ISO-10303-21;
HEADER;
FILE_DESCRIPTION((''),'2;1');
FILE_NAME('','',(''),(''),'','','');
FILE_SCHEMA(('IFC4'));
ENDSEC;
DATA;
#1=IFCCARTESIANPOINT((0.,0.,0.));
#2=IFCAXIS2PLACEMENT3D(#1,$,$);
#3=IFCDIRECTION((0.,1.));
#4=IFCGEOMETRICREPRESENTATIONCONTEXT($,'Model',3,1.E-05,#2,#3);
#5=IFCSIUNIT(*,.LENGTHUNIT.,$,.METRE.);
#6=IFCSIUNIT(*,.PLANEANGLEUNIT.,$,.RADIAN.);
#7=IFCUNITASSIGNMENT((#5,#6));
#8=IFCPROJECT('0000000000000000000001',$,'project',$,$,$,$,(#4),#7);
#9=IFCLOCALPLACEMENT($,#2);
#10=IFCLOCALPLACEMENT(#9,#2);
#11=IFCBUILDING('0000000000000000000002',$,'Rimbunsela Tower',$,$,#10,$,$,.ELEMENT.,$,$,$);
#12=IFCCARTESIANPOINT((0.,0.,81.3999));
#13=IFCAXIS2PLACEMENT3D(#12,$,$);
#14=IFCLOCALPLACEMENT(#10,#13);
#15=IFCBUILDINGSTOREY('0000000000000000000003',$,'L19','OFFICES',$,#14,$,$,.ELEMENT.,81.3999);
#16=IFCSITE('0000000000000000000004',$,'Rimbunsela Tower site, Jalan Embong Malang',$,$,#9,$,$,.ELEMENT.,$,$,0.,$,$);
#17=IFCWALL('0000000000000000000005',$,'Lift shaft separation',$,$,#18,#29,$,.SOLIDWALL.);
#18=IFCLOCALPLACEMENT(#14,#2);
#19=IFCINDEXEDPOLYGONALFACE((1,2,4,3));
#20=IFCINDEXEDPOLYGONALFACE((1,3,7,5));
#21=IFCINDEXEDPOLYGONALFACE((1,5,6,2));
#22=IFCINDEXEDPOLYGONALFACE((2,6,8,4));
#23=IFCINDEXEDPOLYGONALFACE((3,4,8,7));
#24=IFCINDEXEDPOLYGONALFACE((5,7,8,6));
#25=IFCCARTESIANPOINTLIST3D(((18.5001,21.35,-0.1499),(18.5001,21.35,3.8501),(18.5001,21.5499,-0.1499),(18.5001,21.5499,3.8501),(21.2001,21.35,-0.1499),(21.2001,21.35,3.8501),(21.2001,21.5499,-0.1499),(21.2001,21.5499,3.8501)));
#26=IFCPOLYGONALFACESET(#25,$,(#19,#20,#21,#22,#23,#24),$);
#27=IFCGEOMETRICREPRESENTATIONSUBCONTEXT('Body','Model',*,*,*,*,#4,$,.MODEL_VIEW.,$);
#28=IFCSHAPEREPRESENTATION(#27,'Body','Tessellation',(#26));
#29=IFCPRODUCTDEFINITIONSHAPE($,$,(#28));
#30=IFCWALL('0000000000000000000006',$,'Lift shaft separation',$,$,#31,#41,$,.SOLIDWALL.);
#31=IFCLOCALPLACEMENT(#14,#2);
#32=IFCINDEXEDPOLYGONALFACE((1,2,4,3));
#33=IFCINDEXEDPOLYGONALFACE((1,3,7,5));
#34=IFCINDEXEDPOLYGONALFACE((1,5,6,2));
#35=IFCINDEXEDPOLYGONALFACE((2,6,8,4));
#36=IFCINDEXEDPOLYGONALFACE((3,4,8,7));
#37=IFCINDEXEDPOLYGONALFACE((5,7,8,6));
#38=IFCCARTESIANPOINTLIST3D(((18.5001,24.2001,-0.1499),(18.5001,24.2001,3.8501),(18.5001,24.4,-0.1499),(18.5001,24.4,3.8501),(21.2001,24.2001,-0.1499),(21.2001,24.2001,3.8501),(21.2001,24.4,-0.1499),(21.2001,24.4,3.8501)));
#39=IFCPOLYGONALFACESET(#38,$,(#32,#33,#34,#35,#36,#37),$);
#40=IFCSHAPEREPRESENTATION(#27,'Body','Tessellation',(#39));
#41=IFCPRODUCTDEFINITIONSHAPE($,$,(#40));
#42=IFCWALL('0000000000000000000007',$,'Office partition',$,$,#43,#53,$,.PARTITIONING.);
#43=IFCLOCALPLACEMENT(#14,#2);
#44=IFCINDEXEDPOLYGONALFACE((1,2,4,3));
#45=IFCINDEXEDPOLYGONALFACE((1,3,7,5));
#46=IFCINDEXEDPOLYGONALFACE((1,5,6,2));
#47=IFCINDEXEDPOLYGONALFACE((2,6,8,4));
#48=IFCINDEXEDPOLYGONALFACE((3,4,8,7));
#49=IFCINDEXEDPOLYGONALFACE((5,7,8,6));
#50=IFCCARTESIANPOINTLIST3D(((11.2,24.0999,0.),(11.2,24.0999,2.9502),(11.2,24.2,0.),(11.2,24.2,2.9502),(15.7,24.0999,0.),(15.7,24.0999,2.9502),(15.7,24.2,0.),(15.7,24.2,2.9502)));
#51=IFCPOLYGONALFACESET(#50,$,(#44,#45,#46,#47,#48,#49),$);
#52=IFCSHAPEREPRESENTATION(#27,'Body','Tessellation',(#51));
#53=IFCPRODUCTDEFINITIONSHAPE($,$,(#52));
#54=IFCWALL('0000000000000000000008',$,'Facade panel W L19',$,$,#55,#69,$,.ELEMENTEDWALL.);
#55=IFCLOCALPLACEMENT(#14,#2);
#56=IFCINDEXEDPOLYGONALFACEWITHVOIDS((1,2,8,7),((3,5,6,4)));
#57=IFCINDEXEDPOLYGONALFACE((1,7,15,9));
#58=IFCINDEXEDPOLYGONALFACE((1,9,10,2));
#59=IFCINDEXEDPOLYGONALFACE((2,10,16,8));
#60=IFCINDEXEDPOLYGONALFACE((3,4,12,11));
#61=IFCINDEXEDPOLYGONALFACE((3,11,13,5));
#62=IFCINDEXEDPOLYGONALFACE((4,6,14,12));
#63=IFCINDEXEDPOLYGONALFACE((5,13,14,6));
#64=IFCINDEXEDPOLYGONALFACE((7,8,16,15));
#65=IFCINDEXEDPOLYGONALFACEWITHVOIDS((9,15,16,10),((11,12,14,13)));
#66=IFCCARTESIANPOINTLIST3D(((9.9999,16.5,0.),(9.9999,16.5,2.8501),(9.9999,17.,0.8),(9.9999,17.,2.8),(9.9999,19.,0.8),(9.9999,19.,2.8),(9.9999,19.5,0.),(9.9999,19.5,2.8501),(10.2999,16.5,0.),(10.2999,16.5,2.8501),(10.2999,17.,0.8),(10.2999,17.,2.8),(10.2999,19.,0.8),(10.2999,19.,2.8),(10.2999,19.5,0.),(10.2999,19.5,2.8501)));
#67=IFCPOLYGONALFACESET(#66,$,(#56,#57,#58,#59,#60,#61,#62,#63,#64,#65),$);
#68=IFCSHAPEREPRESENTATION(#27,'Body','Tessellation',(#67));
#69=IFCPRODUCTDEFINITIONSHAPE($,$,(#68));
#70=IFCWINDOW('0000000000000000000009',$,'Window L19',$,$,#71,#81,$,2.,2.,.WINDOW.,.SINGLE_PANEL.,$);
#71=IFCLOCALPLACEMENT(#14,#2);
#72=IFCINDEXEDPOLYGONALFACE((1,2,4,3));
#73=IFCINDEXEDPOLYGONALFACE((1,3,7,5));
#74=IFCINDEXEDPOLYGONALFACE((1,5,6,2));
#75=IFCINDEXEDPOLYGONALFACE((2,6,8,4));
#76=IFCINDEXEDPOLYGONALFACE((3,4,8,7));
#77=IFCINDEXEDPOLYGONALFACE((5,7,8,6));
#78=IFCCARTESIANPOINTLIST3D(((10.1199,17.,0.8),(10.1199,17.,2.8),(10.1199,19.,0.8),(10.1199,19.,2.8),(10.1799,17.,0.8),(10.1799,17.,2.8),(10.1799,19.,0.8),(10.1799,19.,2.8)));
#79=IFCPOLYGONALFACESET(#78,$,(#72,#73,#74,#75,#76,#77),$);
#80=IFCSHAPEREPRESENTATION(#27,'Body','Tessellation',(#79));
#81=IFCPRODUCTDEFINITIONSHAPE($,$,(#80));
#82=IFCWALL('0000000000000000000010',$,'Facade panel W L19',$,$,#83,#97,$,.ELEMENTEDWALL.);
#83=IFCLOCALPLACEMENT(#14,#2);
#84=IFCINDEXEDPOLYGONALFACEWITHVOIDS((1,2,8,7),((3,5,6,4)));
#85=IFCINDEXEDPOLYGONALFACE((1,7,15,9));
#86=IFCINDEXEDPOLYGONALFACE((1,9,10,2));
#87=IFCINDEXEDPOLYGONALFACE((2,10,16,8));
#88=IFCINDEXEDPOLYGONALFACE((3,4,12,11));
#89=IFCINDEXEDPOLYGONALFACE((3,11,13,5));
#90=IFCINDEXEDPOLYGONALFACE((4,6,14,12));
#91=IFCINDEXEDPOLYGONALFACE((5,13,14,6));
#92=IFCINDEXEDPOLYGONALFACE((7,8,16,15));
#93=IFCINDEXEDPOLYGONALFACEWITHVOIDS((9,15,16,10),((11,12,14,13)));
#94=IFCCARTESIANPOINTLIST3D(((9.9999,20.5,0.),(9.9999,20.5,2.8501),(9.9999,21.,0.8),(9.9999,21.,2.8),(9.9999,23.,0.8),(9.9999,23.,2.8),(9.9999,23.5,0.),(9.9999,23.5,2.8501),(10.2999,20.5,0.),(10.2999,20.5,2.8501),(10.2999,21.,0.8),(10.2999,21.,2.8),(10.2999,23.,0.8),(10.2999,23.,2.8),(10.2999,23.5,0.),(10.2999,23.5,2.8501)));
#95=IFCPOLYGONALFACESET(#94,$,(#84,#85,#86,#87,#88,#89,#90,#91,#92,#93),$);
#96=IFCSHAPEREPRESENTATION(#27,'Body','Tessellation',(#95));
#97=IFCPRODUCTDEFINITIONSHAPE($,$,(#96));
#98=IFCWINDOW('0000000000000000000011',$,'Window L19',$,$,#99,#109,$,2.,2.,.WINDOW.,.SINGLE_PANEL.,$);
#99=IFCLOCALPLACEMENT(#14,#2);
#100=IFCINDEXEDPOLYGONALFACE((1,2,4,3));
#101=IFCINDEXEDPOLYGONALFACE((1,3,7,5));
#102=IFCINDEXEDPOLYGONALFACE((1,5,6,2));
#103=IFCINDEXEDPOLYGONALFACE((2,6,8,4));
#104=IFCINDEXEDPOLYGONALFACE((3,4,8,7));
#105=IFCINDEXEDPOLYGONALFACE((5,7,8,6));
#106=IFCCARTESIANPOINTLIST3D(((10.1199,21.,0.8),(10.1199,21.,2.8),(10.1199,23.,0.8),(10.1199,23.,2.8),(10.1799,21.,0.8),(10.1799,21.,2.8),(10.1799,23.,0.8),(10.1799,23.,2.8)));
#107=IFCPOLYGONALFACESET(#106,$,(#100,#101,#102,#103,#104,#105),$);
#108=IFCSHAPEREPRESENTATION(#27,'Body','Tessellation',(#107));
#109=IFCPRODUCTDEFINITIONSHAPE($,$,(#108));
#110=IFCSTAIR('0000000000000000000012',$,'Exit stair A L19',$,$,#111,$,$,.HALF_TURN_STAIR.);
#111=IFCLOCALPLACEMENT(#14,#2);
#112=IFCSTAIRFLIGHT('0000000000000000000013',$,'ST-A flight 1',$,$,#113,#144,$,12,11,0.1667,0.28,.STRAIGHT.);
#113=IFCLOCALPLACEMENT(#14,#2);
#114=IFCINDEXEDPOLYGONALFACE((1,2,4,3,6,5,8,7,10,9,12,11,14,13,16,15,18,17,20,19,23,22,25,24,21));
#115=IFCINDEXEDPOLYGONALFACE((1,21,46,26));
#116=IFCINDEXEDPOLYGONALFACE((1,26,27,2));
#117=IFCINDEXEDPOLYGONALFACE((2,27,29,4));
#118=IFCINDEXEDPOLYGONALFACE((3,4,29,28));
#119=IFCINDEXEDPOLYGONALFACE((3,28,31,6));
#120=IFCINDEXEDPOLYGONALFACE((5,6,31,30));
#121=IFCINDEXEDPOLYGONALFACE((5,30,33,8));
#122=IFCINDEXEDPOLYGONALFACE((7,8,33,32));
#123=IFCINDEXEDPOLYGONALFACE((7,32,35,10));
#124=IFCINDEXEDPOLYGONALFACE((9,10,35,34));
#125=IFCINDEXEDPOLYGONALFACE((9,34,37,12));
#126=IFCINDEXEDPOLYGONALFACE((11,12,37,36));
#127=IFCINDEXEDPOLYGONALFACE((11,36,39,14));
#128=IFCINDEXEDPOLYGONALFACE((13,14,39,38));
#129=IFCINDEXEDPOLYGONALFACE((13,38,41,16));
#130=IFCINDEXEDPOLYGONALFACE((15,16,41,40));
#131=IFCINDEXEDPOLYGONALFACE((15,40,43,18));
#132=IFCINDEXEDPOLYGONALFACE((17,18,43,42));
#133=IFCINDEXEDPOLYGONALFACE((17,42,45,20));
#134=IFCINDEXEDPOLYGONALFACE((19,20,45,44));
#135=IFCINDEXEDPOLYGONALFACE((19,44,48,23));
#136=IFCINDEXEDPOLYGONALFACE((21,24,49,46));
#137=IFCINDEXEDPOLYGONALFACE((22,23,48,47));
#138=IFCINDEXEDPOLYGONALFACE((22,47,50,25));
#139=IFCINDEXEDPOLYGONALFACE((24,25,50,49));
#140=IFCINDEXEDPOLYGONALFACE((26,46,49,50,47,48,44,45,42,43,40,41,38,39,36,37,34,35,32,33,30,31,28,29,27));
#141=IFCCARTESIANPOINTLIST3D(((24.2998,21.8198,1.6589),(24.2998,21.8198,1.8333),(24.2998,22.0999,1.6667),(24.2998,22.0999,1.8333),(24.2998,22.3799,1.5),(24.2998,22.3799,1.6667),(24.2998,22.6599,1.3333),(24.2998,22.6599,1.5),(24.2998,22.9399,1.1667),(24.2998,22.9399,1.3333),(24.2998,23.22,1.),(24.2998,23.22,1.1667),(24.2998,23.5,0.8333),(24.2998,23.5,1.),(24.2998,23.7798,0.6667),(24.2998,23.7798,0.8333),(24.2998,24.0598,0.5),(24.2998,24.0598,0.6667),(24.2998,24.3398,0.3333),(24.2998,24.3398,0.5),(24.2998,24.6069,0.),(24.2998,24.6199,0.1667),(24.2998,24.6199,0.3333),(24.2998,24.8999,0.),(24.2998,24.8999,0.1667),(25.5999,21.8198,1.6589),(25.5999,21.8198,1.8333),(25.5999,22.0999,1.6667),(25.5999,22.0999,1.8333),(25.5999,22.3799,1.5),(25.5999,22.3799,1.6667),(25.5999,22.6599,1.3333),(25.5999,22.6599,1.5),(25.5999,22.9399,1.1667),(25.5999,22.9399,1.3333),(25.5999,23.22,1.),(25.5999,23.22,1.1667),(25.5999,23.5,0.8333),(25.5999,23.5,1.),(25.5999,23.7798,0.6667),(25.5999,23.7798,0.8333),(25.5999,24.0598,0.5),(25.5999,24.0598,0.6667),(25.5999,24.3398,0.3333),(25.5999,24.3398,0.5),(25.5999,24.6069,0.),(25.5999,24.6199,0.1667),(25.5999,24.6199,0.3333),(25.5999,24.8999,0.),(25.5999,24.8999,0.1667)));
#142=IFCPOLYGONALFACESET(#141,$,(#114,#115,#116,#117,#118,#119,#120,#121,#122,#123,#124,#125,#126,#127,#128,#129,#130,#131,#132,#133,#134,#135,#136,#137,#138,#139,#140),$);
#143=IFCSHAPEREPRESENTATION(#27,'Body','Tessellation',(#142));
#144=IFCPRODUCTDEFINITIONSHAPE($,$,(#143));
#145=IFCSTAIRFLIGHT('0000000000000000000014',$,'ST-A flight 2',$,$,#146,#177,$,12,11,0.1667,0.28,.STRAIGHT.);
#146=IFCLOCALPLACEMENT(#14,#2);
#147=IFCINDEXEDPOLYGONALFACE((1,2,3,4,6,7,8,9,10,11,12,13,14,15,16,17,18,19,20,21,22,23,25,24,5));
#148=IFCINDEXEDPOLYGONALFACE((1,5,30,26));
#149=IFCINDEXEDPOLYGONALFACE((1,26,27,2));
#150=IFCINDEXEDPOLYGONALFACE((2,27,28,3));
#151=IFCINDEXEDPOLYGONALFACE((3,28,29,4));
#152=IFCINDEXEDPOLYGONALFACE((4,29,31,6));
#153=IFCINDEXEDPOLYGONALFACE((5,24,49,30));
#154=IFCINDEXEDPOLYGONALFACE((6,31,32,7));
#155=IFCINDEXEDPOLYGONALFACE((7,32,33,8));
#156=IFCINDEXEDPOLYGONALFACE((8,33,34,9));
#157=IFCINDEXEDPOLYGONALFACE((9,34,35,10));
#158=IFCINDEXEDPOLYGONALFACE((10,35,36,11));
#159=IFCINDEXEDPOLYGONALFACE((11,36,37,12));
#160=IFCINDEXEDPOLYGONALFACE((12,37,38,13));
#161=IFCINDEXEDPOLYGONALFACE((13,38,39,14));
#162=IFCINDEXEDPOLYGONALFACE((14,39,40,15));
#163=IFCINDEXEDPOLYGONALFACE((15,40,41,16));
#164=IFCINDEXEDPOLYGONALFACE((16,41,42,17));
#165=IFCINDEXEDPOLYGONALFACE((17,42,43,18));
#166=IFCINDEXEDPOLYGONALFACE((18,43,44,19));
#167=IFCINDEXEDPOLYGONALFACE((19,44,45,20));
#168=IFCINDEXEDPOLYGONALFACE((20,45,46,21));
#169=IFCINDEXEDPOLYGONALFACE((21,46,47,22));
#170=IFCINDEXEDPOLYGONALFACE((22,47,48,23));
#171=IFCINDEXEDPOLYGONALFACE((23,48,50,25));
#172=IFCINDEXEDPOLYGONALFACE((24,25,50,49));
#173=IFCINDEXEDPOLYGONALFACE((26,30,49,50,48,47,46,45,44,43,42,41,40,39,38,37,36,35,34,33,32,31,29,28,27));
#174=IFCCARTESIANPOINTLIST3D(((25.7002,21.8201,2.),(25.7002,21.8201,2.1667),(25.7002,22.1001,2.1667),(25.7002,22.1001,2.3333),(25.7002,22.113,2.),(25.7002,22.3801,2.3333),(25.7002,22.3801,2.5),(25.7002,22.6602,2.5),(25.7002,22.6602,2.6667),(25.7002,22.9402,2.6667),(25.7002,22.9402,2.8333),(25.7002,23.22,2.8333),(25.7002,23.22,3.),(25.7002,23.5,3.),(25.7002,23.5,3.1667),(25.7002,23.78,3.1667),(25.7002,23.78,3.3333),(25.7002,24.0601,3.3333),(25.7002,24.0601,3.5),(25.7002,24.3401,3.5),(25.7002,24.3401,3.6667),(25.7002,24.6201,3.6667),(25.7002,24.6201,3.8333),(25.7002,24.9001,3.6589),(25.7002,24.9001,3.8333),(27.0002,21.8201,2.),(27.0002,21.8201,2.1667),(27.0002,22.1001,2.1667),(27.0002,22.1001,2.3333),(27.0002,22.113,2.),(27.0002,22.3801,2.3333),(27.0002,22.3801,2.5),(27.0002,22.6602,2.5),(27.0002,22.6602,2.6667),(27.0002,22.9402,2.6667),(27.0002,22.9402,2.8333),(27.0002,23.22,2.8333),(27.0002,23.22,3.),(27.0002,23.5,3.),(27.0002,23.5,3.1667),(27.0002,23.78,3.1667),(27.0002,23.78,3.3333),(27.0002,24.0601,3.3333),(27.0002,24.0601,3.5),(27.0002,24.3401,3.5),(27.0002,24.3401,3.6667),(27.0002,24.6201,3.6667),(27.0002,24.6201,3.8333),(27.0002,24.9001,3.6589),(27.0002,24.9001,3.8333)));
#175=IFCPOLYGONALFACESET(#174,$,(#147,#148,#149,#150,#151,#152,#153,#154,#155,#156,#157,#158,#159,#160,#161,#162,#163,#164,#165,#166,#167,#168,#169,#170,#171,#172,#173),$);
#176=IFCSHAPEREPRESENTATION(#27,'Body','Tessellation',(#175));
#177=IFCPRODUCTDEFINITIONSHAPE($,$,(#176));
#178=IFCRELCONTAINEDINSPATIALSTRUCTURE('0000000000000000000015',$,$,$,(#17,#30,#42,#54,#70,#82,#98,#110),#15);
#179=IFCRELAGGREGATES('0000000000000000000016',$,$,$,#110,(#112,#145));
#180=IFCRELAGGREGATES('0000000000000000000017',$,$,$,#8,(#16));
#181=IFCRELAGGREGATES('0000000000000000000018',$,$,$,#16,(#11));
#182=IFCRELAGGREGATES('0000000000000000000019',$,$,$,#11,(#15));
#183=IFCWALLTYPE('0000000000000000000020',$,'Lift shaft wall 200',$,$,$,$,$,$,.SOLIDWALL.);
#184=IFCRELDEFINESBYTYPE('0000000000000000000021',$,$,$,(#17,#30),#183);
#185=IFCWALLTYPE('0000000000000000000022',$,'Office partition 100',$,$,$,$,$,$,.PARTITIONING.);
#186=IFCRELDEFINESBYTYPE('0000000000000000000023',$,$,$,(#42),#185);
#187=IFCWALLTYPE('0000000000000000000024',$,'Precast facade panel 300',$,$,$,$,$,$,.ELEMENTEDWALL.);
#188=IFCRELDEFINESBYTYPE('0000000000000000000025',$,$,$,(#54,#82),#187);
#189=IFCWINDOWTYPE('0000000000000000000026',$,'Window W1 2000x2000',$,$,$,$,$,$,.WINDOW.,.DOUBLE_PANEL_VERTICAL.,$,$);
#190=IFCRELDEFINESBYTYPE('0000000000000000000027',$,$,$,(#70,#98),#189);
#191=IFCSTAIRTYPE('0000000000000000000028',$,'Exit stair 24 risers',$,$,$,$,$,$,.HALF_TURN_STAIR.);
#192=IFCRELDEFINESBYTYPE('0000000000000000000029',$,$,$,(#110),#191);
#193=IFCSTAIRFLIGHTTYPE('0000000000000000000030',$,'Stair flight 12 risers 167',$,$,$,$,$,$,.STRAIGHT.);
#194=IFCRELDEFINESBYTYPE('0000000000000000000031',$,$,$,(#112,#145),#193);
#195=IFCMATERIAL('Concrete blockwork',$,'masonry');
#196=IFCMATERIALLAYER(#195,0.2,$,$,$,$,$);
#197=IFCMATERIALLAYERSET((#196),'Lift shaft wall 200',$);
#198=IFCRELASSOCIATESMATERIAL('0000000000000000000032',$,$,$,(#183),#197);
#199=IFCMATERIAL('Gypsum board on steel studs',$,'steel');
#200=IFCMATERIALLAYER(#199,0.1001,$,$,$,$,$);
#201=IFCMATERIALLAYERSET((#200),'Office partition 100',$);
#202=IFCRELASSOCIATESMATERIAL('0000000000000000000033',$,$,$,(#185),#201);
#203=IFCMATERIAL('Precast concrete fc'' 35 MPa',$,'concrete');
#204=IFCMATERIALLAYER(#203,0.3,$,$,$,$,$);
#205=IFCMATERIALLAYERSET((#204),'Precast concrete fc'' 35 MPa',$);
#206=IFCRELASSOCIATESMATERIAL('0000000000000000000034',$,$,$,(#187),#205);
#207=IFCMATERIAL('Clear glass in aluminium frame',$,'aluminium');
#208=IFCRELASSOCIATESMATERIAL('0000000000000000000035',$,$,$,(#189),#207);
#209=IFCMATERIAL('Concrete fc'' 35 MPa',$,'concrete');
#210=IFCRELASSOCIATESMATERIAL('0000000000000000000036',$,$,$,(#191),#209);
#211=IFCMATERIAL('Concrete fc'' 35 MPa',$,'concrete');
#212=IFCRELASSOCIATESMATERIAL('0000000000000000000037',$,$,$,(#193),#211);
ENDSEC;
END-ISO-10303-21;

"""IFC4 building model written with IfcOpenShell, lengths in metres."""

from ifc_helpers import new_model, si_unit, direction, frame, frame_2d, origin, place, context, subcontext, project, spatial, polyline, rectangle, outline, extrude, material, layer, layer_set, type_object, element, fill, aggregate, save


model = new_model("IFC4")

# Units and contexts
model_context = context("Model", 3, precision=1e-05, world=origin(), true_north=direction((0.0, 1.0)))
body_context = subcontext(model_context, "Body", "Model", "MODEL_VIEW")
ifc_project = project(units=[si_unit("LENGTHUNIT", "METRE"), si_unit("PLANEANGLEUNIT", "RADIAN")], contexts=[model_context])

# Site, building, storey
site_placement = place(None, origin())
site = spatial("IfcSite", under=ifc_project, at=site_placement, Name="Rimbunsela Tower site, Jalan Embong Malang", CompositionType="ELEMENT", RefElevation=0.0)
building_placement = place(site_placement, origin())
building = spatial("IfcBuilding", under=site, at=building_placement, Name="Rimbunsela Tower", CompositionType="ELEMENT")
storey_placement = place(building_placement, frame((0.0, 0.0, 81.3999)))
storey = spatial("IfcBuildingStorey", under=building, at=storey_placement, Name="L19", Description="OFFICES", CompositionType="ELEMENT", Elevation=81.3999)

# Walls
ifc_material_1 = material(Name="Concrete blockwork", Category="masonry")
ifc_layer_1 = layer(ifc_material_1, 0.2)
ifc_layer_set_1 = layer_set([ifc_layer_1], Name="Lift shaft wall 200")
wall_type_1 = type_object("IfcWallType", Name="Lift shaft wall 200", PredefinedType="SOLIDWALL", material=ifc_layer_set_1)
for number, where, z_axis, x_axis, name in (
    (1, (18.5, 21.45, -0.1499), (0.0, 0.0, 1.0), (1.0, 0.0, 0.0), "Lift shaft separation"),
    (2, (18.5, 24.3, -0.1499), (0.0, 0.0, 1.0), (1.0, 0.0, 0.0), "Lift shaft separation"),
):
    element("IfcWall", number, at=place(storey_placement, frame(where, z_axis=z_axis, x_axis=x_axis)), inside=storey, type_object=wall_type_1, Name=name, PredefinedType="SOLIDWALL", context=body_context, shape_type="SweptSolid", body=[
        extrude(rectangle(XDim=2.7, YDim=0.2, at=frame_2d((1.3501, 0.0))), origin(), (0.0, 0.0, 1.0), 4.0),
    ])
ifc_material_2 = material(Name="Gypsum board on steel studs", Category="steel")
ifc_layer_2 = layer(ifc_material_2, 0.1001)
ifc_layer_set_2 = layer_set([ifc_layer_2], Name="Office partition 100")
wall_type_2 = type_object("IfcWallType", Name="Office partition 100", PredefinedType="PARTITIONING", material=ifc_layer_set_2)
wall_1_placement = place(storey_placement, frame((11.2, 24.1499, 0.0), z_axis=(0.0, 0.0, 1.0), x_axis=(1.0, 0.0, 0.0)))
element("IfcWall", 3, at=wall_1_placement, inside=storey, type_object=wall_type_2, Name="Office partition", PredefinedType="PARTITIONING", context=body_context, shape_type="SweptSolid", body=[
    extrude(rectangle(XDim=4.5, YDim=0.1001, at=frame_2d((2.25, 0.0))), origin(), (0.0, 0.0, 1.0), 2.9502),
])

# Walls, openings, windows
ifc_material_3 = material(Name="Precast concrete fc' 35 MPa", Category="concrete")
ifc_layer_3 = layer(ifc_material_3, 0.3)
ifc_layer_set_3 = layer_set([ifc_layer_3], Name="Precast concrete fc' 35 MPa")
wall_type_3 = type_object("IfcWallType", Name="Precast facade panel 300", PredefinedType="ELEMENTEDWALL", material=ifc_layer_set_3)
wall_2_placement = place(storey_placement, frame((10.1499, 19.5, 0.0), z_axis=(0.0, 0.0, 1.0), x_axis=(0.0, -1.0, 0.0)))
wall_2 = element("IfcWall", 4, at=wall_2_placement, inside=storey, type_object=wall_type_3, Name="Facade panel W L19", PredefinedType="ELEMENTEDWALL", context=body_context, shape_type="SweptSolid", body=[
    extrude(rectangle(XDim=3.0, YDim=0.3, at=frame_2d((1.5, 0.0))), origin(), (0.0, 0.0, 1.0), 2.8501),
])
opening_1_placement = place(wall_2_placement, frame((0.5, 0.0, 0.8)))
opening_1 = element("IfcOpeningElement", 5, at=opening_1_placement, cuts=wall_2, PredefinedType="OPENING", context=body_context, shape_type="SweptSolid", body=[
    extrude(rectangle(XDim=2.0, YDim=2.0, at=frame_2d((1.0, 1.0))), frame((0.0, 0.1599, 0.0), z_axis=(0.0, -1.0, 0.0), x_axis=(1.0, 0.0, 0.0)), (0.0, 0.0, 1.0), 0.3201),
])
ifc_material_4 = material(Name="Clear glass in aluminium frame", Category="aluminium")
window_type = type_object("IfcWindowType", Name="Window W1 2000x2000", PartitioningType="DOUBLE_PANEL_VERTICAL", PredefinedType="WINDOW", material=ifc_material_4)
window_1_placement = place(opening_1_placement, origin())
window_1 = element("IfcWindow", 6, at=window_1_placement, inside=storey, type_object=window_type, Name="Window L19", OverallHeight=2.0, OverallWidth=2.0, PartitioningType="SINGLE_PANEL", PredefinedType="WINDOW", context=body_context, shape_type="SweptSolid", body=[
    extrude(rectangle(XDim=2.0, YDim=2.0, at=frame_2d((1.0, 1.0))), frame((0.0, 0.03, 0.0), z_axis=(0.0, -1.0, 0.0), x_axis=(1.0, 0.0, 0.0)), (0.0, 0.0, 1.0), 0.0601),
])
fill(opening_1, window_1)
wall_3_placement = place(storey_placement, frame((10.1499, 23.5, 0.0), z_axis=(0.0, 0.0, 1.0), x_axis=(0.0, -1.0, 0.0)))
wall_3 = element("IfcWall", 7, at=wall_3_placement, inside=storey, type_object=wall_type_3, Name="Facade panel W L19", PredefinedType="ELEMENTEDWALL", context=body_context, shape_type="SweptSolid", body=[
    extrude(rectangle(XDim=3.0, YDim=0.3, at=frame_2d((1.5, 0.0))), origin(), (0.0, 0.0, 1.0), 2.8501),
])
opening_2_placement = place(wall_3_placement, frame((0.5, 0.0, 0.8)))
opening_2 = element("IfcOpeningElement", 8, at=opening_2_placement, cuts=wall_3, PredefinedType="OPENING", context=body_context, shape_type="SweptSolid", body=[
    extrude(rectangle(XDim=2.0, YDim=2.0, at=frame_2d((1.0, 1.0))), frame((0.0, 0.1599, 0.0), z_axis=(0.0, -1.0, 0.0), x_axis=(1.0, 0.0, 0.0)), (0.0, 0.0, 1.0), 0.3201),
])
window_2_placement = place(opening_2_placement, origin())
window_2 = element("IfcWindow", 9, at=window_2_placement, inside=storey, type_object=window_type, Name="Window L19", OverallHeight=2.0, OverallWidth=2.0, PartitioningType="SINGLE_PANEL", PredefinedType="WINDOW", context=body_context, shape_type="SweptSolid", body=[
    extrude(rectangle(XDim=2.0, YDim=2.0, at=frame_2d((1.0, 1.0))), frame((0.0, 0.03, 0.0), z_axis=(0.0, -1.0, 0.0), x_axis=(1.0, 0.0, 0.0)), (0.0, 0.0, 1.0), 0.0601),
])
fill(opening_2, window_2)

# Stair, stair flights
ifc_material_5 = material(Name="Concrete fc' 35 MPa", Category="concrete")
stair_type = type_object("IfcStairType", Name="Exit stair 24 risers", PredefinedType="HALF_TURN_STAIR", material=ifc_material_5)
stair_placement = place(storey_placement, origin())
stair = element("IfcStair", 10, at=stair_placement, inside=storey, type_object=stair_type, Name="Exit stair A L19", PredefinedType="HALF_TURN_STAIR")
ifc_material_6 = material(Name="Concrete fc' 35 MPa", Category="concrete")
stair_flight_type = type_object("IfcStairFlightType", Name="Stair flight 12 risers 167", PredefinedType="STRAIGHT", material=ifc_material_6)
stair_flight_1_placement = place(storey_placement, frame((24.95, 24.8999, 0.0), z_axis=(0.0, 0.0, 1.0), x_axis=(0.0, -1.0, 0.0)))
stair_flight_1 = element("IfcStairFlight", 11, at=stair_flight_1_placement, type_object=stair_flight_type, Name="ST-A flight 1", NumberOfRisers=12, NumberOfTreads=11, PredefinedType="STRAIGHT", RiserHeight=0.1667, TreadLength=0.28, context=body_context, shape_type="SweptSolid", body=[
    extrude(outline(polyline([(0.0, 0.0), (0.0, 0.1667), (0.28, 0.1667), (0.28, 0.3333), (0.5601, 0.3333), (0.5601, 0.5), (0.8401, 0.5), (0.8401, 0.6667), (1.1201, 0.6667), (1.1201, 0.8333), (1.3999, 0.8333), (1.3999, 1.0), (1.6799, 1.0), (1.6799, 1.1667), (1.96, 1.1667), (1.96, 1.3333), (2.24, 1.3333), (2.24, 1.5), (2.52, 1.5), (2.52, 1.6667), (2.8, 1.6667), (2.8, 1.8333), (3.0801, 1.8333), (3.0801, 2.0), (3.0801, 1.6589), (0.293, 0.0), (0.0, 0.0)])), frame((0.0, 0.6499, 0.0), z_axis=(0.0, -1.0, 0.0), x_axis=(1.0, 0.0, 0.0)), (0.0, 0.0, 1.0), 1.3),
])
stair_flight_2_placement = place(storey_placement, frame((26.3501, 21.8201, 2.0), z_axis=(0.0, 0.0, 1.0), x_axis=(0.0, 1.0, 0.0)))
stair_flight_2 = element("IfcStairFlight", 12, at=stair_flight_2_placement, type_object=stair_flight_type, Name="ST-A flight 2", NumberOfRisers=12, NumberOfTreads=11, PredefinedType="STRAIGHT", RiserHeight=0.1667, TreadLength=0.28, context=body_context, shape_type="SweptSolid", body=[
    extrude(outline(polyline([(0.0, 0.0), (0.0, 0.1667), (0.28, 0.1667), (0.28, 0.3333), (0.5601, 0.3333), (0.5601, 0.5), (0.8401, 0.5), (0.8401, 0.6667), (1.1201, 0.6667), (1.1201, 0.8333), (1.3999, 0.8333), (1.3999, 1.0), (1.6799, 1.0), (1.6799, 1.1667), (1.96, 1.1667), (1.96, 1.3333), (2.24, 1.3333), (2.24, 1.5), (2.52, 1.5), (2.52, 1.6667), (2.8, 1.6667), (2.8, 1.8333), (3.0801, 1.8333), (3.0801, 2.0), (3.0801, 1.6589), (0.293, 0.0), (0.0, 0.0)])), frame((0.0, 0.6499, 0.0), z_axis=(0.0, -1.0, 0.0), x_axis=(1.0, 0.0, 0.0)), (0.0, 0.0, 1.0), 1.3),
])
aggregate(stair, [stair_flight_1, stair_flight_2])

save(model, "model.ifc")
